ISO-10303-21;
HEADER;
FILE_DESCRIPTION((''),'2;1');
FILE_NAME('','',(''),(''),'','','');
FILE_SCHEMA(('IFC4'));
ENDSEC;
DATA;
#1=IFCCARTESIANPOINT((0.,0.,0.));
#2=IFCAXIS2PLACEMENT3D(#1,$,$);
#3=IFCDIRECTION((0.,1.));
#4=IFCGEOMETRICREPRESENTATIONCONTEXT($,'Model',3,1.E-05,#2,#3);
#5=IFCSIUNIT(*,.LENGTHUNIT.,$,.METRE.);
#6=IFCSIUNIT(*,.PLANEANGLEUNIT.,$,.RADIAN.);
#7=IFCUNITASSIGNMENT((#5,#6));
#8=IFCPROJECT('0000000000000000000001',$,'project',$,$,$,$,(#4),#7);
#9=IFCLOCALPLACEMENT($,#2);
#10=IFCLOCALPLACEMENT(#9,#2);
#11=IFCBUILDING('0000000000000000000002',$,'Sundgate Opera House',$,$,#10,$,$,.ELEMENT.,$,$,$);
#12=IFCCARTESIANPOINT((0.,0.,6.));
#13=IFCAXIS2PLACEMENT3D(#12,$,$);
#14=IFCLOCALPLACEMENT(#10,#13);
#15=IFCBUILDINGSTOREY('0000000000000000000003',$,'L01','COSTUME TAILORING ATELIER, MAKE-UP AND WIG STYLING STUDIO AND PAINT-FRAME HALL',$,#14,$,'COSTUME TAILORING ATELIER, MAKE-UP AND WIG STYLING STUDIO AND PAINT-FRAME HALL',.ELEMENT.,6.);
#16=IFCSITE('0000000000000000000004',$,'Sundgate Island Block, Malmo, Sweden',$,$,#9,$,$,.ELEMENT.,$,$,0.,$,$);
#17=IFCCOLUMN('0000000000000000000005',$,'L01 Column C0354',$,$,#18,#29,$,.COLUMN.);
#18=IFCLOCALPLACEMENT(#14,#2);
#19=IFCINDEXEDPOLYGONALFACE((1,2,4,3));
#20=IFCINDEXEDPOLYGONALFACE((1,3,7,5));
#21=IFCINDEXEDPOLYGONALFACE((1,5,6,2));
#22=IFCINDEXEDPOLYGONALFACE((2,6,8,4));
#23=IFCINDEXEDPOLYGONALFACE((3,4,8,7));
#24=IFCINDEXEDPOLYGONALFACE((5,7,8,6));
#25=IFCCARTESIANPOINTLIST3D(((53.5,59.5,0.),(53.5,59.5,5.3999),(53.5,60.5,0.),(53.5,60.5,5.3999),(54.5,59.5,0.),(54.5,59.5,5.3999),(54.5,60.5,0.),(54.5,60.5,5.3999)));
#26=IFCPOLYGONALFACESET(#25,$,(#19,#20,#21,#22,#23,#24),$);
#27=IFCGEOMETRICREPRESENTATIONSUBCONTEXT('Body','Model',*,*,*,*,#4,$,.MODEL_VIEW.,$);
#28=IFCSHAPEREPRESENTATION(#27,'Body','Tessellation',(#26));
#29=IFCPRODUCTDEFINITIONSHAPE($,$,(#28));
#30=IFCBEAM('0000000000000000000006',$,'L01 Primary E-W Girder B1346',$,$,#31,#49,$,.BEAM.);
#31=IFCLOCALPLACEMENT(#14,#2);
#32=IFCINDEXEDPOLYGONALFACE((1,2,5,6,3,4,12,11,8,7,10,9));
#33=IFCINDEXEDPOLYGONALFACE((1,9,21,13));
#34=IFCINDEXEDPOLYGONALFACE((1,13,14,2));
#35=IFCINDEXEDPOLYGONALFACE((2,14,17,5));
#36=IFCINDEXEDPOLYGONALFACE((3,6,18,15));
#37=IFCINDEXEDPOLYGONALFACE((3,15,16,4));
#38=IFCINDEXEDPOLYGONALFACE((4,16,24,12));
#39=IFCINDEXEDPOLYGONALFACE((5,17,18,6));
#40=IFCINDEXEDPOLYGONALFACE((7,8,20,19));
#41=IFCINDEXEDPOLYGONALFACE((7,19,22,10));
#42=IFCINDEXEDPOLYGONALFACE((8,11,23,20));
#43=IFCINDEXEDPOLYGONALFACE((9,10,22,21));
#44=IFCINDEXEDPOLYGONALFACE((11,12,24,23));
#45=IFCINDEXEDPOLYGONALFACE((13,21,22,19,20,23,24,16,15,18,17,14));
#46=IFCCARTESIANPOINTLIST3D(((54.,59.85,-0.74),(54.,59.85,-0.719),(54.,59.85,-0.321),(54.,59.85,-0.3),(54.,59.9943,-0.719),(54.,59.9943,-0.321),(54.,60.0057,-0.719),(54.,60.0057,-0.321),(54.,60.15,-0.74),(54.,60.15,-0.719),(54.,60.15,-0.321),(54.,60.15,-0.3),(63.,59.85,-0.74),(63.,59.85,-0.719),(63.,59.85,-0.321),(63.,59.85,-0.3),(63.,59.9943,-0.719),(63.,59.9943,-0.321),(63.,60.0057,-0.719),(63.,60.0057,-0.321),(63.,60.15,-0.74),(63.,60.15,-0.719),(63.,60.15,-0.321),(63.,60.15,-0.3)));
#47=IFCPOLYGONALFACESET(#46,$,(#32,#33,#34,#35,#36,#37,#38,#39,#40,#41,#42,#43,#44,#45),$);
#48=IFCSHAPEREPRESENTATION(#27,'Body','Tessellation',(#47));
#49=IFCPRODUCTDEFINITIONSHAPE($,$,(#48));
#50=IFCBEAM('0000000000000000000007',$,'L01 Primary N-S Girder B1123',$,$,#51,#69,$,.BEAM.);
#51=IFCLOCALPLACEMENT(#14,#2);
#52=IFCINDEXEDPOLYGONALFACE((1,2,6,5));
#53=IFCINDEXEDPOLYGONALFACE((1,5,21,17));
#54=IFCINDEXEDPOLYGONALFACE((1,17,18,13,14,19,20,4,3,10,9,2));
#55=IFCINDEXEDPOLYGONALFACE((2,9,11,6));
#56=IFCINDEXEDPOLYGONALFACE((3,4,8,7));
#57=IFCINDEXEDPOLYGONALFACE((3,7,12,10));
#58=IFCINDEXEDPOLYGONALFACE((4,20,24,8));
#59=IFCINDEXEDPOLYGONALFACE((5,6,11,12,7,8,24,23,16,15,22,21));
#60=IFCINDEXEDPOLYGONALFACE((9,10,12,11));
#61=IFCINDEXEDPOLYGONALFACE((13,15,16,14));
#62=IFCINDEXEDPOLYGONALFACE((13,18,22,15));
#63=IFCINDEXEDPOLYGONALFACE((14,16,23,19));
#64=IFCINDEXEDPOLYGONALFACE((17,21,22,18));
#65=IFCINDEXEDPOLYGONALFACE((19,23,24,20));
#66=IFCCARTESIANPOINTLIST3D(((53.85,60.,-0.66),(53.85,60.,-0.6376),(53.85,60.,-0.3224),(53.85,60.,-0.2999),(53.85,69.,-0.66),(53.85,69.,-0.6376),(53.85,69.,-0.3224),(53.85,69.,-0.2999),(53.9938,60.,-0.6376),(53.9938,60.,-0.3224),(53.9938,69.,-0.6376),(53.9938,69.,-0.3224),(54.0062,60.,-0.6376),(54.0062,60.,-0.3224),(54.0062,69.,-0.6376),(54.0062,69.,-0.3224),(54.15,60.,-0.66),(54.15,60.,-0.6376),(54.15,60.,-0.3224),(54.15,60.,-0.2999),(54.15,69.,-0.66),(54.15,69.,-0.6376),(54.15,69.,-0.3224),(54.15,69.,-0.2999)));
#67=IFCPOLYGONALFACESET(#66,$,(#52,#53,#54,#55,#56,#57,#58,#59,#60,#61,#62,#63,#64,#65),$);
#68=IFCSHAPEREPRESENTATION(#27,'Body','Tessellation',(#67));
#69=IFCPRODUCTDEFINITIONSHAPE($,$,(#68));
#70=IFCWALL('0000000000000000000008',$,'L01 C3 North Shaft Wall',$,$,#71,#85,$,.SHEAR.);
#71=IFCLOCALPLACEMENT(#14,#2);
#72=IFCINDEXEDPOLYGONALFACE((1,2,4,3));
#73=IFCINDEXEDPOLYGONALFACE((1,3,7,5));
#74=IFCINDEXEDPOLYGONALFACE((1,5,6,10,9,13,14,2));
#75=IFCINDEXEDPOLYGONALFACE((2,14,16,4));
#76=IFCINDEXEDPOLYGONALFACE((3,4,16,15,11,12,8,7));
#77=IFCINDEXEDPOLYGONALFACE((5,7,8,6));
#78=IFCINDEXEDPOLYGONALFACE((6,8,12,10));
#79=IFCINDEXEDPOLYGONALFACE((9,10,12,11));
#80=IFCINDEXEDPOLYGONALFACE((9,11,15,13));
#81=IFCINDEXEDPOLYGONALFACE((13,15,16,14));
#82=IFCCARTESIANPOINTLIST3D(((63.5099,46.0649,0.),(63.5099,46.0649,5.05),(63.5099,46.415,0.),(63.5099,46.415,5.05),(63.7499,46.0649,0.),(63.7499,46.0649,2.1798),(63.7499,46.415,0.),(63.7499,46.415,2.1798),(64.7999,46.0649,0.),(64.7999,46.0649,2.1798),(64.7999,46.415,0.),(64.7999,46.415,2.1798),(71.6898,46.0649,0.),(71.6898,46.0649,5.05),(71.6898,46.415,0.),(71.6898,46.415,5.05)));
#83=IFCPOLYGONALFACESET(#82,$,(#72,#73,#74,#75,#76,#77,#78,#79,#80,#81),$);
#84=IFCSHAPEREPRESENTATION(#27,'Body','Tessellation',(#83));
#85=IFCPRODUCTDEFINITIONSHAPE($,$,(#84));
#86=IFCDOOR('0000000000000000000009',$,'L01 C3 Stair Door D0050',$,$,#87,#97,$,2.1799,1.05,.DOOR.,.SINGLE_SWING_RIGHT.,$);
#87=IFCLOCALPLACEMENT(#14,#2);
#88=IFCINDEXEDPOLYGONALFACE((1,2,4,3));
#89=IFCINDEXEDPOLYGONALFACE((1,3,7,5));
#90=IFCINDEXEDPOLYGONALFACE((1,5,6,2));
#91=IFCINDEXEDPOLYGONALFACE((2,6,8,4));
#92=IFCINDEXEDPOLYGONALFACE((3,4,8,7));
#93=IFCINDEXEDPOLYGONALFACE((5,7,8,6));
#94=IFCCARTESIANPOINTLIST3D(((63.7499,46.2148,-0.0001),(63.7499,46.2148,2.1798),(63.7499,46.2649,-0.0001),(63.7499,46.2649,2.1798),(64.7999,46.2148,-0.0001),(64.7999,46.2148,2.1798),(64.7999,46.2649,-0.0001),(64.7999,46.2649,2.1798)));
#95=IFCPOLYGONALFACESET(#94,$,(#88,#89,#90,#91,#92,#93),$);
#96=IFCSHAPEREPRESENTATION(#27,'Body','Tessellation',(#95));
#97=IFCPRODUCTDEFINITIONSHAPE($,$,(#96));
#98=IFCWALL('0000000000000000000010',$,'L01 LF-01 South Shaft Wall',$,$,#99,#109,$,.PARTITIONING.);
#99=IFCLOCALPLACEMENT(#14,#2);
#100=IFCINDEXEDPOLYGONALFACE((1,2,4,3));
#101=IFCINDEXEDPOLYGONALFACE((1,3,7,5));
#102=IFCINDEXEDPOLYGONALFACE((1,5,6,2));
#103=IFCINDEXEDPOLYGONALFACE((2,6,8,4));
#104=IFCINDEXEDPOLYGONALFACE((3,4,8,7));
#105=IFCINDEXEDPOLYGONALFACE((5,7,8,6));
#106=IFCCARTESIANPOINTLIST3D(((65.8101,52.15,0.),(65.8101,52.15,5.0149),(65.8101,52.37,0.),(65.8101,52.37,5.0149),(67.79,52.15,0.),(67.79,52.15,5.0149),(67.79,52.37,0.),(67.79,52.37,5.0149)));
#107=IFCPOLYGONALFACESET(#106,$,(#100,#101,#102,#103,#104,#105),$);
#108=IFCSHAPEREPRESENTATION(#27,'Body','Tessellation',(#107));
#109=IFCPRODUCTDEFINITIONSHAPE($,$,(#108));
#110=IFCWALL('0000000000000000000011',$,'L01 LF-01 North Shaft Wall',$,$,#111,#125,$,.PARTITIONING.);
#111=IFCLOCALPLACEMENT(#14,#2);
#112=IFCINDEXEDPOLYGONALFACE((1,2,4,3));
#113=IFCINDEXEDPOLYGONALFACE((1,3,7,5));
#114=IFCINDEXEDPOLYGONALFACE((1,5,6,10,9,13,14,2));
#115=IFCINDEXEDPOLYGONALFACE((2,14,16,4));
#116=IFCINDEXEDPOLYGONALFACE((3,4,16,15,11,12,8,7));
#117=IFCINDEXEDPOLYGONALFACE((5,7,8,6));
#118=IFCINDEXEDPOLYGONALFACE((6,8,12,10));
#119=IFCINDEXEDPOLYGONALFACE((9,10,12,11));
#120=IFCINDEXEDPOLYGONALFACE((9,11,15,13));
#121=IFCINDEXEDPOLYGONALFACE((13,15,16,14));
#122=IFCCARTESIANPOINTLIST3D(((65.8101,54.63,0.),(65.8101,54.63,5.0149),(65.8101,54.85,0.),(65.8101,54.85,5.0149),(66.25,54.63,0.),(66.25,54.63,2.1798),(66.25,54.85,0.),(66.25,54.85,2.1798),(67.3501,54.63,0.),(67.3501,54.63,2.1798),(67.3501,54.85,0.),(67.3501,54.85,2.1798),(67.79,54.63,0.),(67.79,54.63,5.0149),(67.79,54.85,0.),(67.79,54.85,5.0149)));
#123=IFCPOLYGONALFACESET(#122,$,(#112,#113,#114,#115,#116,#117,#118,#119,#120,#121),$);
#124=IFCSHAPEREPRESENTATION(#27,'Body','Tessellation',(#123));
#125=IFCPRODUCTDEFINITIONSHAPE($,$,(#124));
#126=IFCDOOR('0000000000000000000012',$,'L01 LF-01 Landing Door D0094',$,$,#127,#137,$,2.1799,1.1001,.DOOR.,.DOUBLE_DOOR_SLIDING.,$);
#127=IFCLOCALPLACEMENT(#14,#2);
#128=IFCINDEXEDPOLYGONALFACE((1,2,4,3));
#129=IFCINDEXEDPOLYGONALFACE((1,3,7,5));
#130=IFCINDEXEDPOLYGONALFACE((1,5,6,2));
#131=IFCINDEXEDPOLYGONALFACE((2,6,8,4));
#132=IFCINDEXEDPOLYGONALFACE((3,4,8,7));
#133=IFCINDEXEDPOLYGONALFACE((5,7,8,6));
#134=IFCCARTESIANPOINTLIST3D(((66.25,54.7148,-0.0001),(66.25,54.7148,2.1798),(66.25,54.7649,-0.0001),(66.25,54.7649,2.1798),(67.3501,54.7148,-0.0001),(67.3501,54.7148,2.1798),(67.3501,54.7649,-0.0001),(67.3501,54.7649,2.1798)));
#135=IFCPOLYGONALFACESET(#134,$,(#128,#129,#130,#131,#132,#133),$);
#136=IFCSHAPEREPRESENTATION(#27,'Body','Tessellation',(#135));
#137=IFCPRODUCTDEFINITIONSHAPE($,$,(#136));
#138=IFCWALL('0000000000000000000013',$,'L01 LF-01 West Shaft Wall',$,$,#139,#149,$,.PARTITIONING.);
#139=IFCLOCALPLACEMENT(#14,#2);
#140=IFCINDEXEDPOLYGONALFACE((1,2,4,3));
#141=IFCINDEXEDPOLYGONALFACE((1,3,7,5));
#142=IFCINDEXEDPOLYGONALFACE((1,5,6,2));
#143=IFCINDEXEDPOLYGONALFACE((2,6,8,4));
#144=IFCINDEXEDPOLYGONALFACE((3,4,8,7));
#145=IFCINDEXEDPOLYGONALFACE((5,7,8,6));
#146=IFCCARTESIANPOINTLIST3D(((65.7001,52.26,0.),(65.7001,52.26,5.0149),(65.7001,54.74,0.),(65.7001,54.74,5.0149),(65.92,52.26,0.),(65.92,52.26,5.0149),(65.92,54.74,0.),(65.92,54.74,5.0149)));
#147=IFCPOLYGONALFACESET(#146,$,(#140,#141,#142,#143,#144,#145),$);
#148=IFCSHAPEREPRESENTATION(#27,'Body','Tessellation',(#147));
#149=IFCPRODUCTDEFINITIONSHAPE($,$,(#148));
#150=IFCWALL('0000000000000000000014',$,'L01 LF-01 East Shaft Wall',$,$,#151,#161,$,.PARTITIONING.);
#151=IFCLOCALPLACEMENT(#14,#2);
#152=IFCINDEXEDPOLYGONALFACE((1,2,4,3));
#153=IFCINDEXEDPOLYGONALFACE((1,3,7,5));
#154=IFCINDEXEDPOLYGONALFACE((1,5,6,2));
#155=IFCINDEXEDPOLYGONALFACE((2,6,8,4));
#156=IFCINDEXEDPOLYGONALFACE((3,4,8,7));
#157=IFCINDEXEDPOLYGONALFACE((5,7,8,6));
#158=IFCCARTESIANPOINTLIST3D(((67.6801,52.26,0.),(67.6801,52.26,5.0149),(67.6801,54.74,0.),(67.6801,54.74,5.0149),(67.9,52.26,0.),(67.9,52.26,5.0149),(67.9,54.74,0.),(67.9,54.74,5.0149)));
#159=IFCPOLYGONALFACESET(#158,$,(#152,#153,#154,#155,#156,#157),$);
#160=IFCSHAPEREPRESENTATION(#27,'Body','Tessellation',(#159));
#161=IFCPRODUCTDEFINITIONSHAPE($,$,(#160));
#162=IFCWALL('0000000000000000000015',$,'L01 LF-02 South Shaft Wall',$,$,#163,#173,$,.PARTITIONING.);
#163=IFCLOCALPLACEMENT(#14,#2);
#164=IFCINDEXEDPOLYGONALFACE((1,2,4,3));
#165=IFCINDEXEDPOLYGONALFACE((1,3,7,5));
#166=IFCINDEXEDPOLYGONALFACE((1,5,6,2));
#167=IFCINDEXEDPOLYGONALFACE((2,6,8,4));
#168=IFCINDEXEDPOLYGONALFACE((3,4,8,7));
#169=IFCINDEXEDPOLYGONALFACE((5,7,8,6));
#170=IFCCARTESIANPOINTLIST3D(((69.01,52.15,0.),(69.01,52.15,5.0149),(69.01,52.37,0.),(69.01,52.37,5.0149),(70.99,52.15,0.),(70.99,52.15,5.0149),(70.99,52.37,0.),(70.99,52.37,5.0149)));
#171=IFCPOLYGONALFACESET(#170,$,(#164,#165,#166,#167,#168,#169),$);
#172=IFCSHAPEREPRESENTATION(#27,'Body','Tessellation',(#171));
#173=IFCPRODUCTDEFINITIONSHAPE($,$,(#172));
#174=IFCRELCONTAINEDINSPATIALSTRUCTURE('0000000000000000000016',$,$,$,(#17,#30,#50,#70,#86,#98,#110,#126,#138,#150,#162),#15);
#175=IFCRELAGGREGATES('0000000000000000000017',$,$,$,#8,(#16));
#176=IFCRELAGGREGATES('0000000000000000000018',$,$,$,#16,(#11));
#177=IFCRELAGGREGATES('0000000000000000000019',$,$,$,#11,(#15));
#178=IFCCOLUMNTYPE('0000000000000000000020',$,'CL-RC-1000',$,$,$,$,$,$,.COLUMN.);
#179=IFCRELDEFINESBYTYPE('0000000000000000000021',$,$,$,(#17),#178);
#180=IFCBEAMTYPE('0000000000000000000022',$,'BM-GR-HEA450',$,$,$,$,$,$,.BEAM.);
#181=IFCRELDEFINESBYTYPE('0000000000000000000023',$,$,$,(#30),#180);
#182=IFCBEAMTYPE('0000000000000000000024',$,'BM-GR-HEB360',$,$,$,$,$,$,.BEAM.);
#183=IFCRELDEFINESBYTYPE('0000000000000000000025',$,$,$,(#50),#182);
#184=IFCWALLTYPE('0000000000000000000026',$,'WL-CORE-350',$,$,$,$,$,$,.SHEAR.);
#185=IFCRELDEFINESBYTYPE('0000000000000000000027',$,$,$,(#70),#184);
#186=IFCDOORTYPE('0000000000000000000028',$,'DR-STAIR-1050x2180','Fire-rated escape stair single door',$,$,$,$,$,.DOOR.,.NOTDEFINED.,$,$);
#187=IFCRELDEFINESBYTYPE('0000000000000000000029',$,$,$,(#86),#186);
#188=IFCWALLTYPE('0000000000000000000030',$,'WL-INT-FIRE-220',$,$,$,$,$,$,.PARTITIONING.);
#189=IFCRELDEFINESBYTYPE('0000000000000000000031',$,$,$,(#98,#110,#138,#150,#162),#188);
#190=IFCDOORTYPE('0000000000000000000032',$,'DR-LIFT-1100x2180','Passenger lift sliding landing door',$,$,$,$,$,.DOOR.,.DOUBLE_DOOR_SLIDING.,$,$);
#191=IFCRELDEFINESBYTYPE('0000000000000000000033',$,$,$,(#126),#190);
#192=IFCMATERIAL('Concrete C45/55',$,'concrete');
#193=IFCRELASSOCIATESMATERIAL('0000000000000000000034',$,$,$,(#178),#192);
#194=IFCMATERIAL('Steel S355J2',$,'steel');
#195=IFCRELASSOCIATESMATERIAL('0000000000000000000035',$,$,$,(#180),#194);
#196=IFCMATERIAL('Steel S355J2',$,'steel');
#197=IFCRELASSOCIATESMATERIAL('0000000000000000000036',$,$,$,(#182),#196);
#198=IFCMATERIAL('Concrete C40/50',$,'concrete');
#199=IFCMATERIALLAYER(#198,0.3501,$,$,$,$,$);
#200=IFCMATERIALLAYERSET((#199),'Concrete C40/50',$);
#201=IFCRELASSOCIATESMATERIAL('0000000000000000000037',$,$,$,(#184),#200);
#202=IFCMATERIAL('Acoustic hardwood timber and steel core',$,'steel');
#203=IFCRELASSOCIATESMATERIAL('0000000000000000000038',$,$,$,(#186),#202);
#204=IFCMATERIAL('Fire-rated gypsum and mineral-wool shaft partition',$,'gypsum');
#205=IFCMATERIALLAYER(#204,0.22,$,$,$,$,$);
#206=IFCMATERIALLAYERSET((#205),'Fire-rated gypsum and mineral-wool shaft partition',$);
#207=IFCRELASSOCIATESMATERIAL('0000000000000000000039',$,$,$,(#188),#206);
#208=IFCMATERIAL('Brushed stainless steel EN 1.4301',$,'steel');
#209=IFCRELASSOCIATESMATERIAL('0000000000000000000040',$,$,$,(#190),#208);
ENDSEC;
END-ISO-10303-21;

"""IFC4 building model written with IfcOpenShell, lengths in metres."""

from ifc_helpers import new_model, si_unit, direction, frame, frame_2d, origin, origin_2d, place, context, subcontext, project, spatial, rectangle, i_section, extrude, material, layer, layer_set, material_profile, profile_set, type_object, element, fill, save


model = new_model("IFC4")

# Units and contexts
model_context = context("Model", 3, precision=1e-05, world=origin(), true_north=direction((0.0, 1.0)))
body_context = subcontext(model_context, "Body", "Model", "MODEL_VIEW")
ifc_project = project(units=[si_unit("LENGTHUNIT", "METRE"), si_unit("PLANEANGLEUNIT", "RADIAN")], contexts=[model_context])

# Site, building, storey
site_placement = place(None, origin())
site = spatial("IfcSite", under=ifc_project, at=site_placement, Name="Sundgate Island Block, Malmo, Sweden", CompositionType="ELEMENT", RefElevation=0.0)
building_placement = place(site_placement, origin())
building = spatial("IfcBuilding", under=site, at=building_placement, Name="Sundgate Opera House", CompositionType="ELEMENT")
storey_placement = place(building_placement, frame((0.0, 0.0, 6.0)))
storey = spatial("IfcBuildingStorey", under=building, at=storey_placement, Name="L01", Description="COSTUME TAILORING ATELIER, MAKE-UP AND WIG STYLING STUDIO AND PAINT-FRAME HALL", LongName="COSTUME TAILORING ATELIER, MAKE-UP AND WIG STYLING STUDIO AND PAINT-FRAME HALL", CompositionType="ELEMENT", Elevation=6.0)

# Column
ifc_material_1 = material(Name="Concrete C45/55", Category="concrete")
ifc_material_profile_1 = material_profile(ifc_material_1, rectangle(XDim=1.0, YDim=1.0, at=origin_2d()), Name="RC 1000x1000")
ifc_profile_set_1 = profile_set([ifc_material_profile_1], Name="Concrete C45/55")
column_type = type_object("IfcColumnType", Name="CL-RC-1000", PredefinedType="COLUMN", material=ifc_profile_set_1)
column_placement = place(storey_placement, frame((54.0, 60.0, 0.0), z_axis=(0.0, 0.0, 1.0), x_axis=(1.0, 0.0, 0.0)))
element("IfcColumn", 1, at=column_placement, inside=storey, type_object=column_type, Name="L01 Column C0354", PredefinedType="COLUMN", context=body_context, shape_type="SweptSolid", body=[
    extrude(rectangle(XDim=1.0, YDim=1.0, at=origin_2d()), origin(), (0.0, 0.0, 1.0), 5.3999),
])

# Beams
ifc_material_2 = material(Name="Steel S355J2", Category="steel")
ifc_material_profile_2 = material_profile(ifc_material_2, i_section(OverallWidth=0.3, OverallDepth=0.4399, WebThickness=0.0115, FlangeThickness=0.021, at=origin_2d()), Name="HEA 450")
ifc_profile_set_2 = profile_set([ifc_material_profile_2], Name="Steel S355J2")
beam_type_1 = type_object("IfcBeamType", Name="BM-GR-HEA450", PredefinedType="BEAM", material=ifc_profile_set_2)
beam_1_placement = place(storey_placement, frame((54.0, 60.0, -0.52), z_axis=(1.0, 0.0, 0.0), x_axis=(0.0, 1.0, 0.0)))
element("IfcBeam", 2, at=beam_1_placement, inside=storey, type_object=beam_type_1, Name="L01 Primary E-W Girder B1346", PredefinedType="BEAM", context=body_context, shape_type="SweptSolid", body=[
    extrude(i_section(OverallWidth=0.3, OverallDepth=0.4399, WebThickness=0.0115, FlangeThickness=0.021, at=origin_2d()), origin(), (0.0, 0.0, 1.0), 9.0),
])
ifc_material_3 = material(Name="Steel S355J2", Category="steel")
ifc_material_profile_3 = material_profile(ifc_material_3, i_section(OverallWidth=0.3, OverallDepth=0.3601, WebThickness=0.0125, FlangeThickness=0.0225, at=origin_2d()), Name="HEB 360")
ifc_profile_set_3 = profile_set([ifc_material_profile_3], Name="Steel S355J2")
beam_type_2 = type_object("IfcBeamType", Name="BM-GR-HEB360", PredefinedType="BEAM", material=ifc_profile_set_3)
beam_2_placement = place(storey_placement, frame((54.0, 60.0, -0.48), z_axis=(0.0, 1.0, 0.0), x_axis=(-1.0, 0.0, 0.0)))
element("IfcBeam", 3, at=beam_2_placement, inside=storey, type_object=beam_type_2, Name="L01 Primary N-S Girder B1123", PredefinedType="BEAM", context=body_context, shape_type="SweptSolid", body=[
    extrude(i_section(OverallWidth=0.3, OverallDepth=0.3601, WebThickness=0.0125, FlangeThickness=0.0225, at=origin_2d()), origin(), (0.0, 0.0, 1.0), 9.0),
])

# Wall, opening, door
ifc_material_4 = material(Name="Concrete C40/50", Category="concrete")
ifc_layer_1 = layer(ifc_material_4, 0.3501)
ifc_layer_set_1 = layer_set([ifc_layer_1], Name="Concrete C40/50")
wall_type_1 = type_object("IfcWallType", Name="WL-CORE-350", PredefinedType="SHEAR", material=ifc_layer_set_1)
wall_1_placement = place(storey_placement, frame((63.51, 46.24, 0.0), z_axis=(0.0, 0.0, 1.0), x_axis=(1.0, 0.0, 0.0)))
wall_1 = element("IfcWall", 4, at=wall_1_placement, inside=storey, type_object=wall_type_1, Name="L01 C3 North Shaft Wall", PredefinedType="SHEAR", context=body_context, shape_type="SweptSolid", body=[
    extrude(rectangle(XDim=8.1799, YDim=0.3501, at=frame_2d((4.0898, 0.0))), origin(), (0.0, 0.0, 1.0), 5.05),
])
opening_1_placement = place(wall_1_placement, frame((0.24, 0.0, 0.0)))
opening_1 = element("IfcOpeningElement", 5, at=opening_1_placement, cuts=wall_1, PredefinedType="OPENING", context=body_context, shape_type="SweptSolid", body=[
    extrude(rectangle(XDim=1.05, YDim=2.1799, at=frame_2d((0.5249, 1.0898))), frame((0.0, 0.1851, 0.0), z_axis=(0.0, -1.0, 0.0), x_axis=(1.0, 0.0, 0.0)), (0.0, 0.0, 1.0), 0.3701),
])
ifc_material_5 = material(Name="Acoustic hardwood timber and steel core", Category="steel")
door_type_1 = type_object("IfcDoorType", Name="DR-STAIR-1050x2180", Description="Fire-rated escape stair single door", OperationType="NOTDEFINED", PredefinedType="DOOR", material=ifc_material_5)
door_1_placement = place(opening_1_placement, origin())
door_1 = element("IfcDoor", 6, at=door_1_placement, inside=storey, type_object=door_type_1, Name="L01 C3 Stair Door D0050", OperationType="SINGLE_SWING_RIGHT", OverallHeight=2.1799, OverallWidth=1.05, PredefinedType="DOOR", context=body_context, shape_type="SweptSolid", body=[
    extrude(rectangle(XDim=1.05, YDim=2.1799, at=frame_2d((0.5249, 1.0898))), frame((0.0, 0.0249, 0.0), z_axis=(0.0, -1.0, 0.0), x_axis=(1.0, 0.0, 0.0)), (0.0, 0.0, 1.0), 0.05),
])
fill(opening_1, door_1)

# Wall
ifc_material_6 = material(Name="Fire-rated gypsum and mineral-wool shaft partition", Category="gypsum")
ifc_layer_2 = layer(ifc_material_6, 0.22)
ifc_layer_set_2 = layer_set([ifc_layer_2], Name="Fire-rated gypsum and mineral-wool shaft partition")
wall_type_2 = type_object("IfcWallType", Name="WL-INT-FIRE-220", PredefinedType="PARTITIONING", material=ifc_layer_set_2)
wall_2_placement = place(storey_placement, frame((65.8101, 52.26, 0.0), z_axis=(0.0, 0.0, 1.0), x_axis=(1.0, 0.0, 0.0)))
element("IfcWall", 7, at=wall_2_placement, inside=storey, type_object=wall_type_2, Name="L01 LF-01 South Shaft Wall", PredefinedType="PARTITIONING", context=body_context, shape_type="SweptSolid", body=[
    extrude(rectangle(XDim=1.98, YDim=0.22, at=frame_2d((0.99, 0.0))), origin(), (0.0, 0.0, 1.0), 5.0149),
])

# Wall, opening, door
wall_3_placement = place(storey_placement, frame((65.8101, 54.74, 0.0), z_axis=(0.0, 0.0, 1.0), x_axis=(1.0, 0.0, 0.0)))
wall_3 = element("IfcWall", 8, at=wall_3_placement, inside=storey, type_object=wall_type_2, Name="L01 LF-01 North Shaft Wall", PredefinedType="PARTITIONING", context=body_context, shape_type="SweptSolid", body=[
    extrude(rectangle(XDim=1.98, YDim=0.22, at=frame_2d((0.99, 0.0))), origin(), (0.0, 0.0, 1.0), 5.0149),
])
opening_2_placement = place(wall_3_placement, frame((0.4399, 0.0, 0.0)))
opening_2 = element("IfcOpeningElement", 9, at=opening_2_placement, cuts=wall_3, PredefinedType="OPENING", context=body_context, shape_type="SweptSolid", body=[
    extrude(rectangle(XDim=1.1001, YDim=2.1799, at=frame_2d((0.55, 1.0898))), frame((0.0, 0.1199, 0.0), z_axis=(0.0, -1.0, 0.0), x_axis=(1.0, 0.0, 0.0)), (0.0, 0.0, 1.0), 0.24),
])
ifc_material_7 = material(Name="Brushed stainless steel EN 1.4301", Category="steel")
door_type_2 = type_object("IfcDoorType", Name="DR-LIFT-1100x2180", Description="Passenger lift sliding landing door", OperationType="DOUBLE_DOOR_SLIDING", PredefinedType="DOOR", material=ifc_material_7)
door_2_placement = place(opening_2_placement, origin())
door_2 = element("IfcDoor", 10, at=door_2_placement, inside=storey, type_object=door_type_2, Name="L01 LF-01 Landing Door D0094", OperationType="DOUBLE_DOOR_SLIDING", OverallHeight=2.1799, OverallWidth=1.1001, PredefinedType="DOOR", context=body_context, shape_type="SweptSolid", body=[
    extrude(rectangle(XDim=1.1001, YDim=2.1799, at=frame_2d((0.55, 1.0898))), frame((0.0, 0.0249, 0.0), z_axis=(0.0, -1.0, 0.0), x_axis=(1.0, 0.0, 0.0)), (0.0, 0.0, 1.0), 0.05),
])
fill(opening_2, door_2)

# Walls
for number, where, z_axis, x_axis, name in (
    (11, (65.8101, 52.26, 0.0), (0.0, 0.0, 1.0), (0.0, 1.0, 0.0), "L01 LF-01 West Shaft Wall"),
    (12, (67.79, 52.26, 0.0), (0.0, 0.0, 1.0), (0.0, 1.0, 0.0), "L01 LF-01 East Shaft Wall"),
):
    element("IfcWall", number, at=place(storey_placement, frame(where, z_axis=z_axis, x_axis=x_axis)), inside=storey, type_object=wall_type_2, Name=name, PredefinedType="PARTITIONING", context=body_context, shape_type="SweptSolid", body=[
        extrude(rectangle(XDim=2.48, YDim=0.22, at=frame_2d((1.24, 0.0))), origin(), (0.0, 0.0, 1.0), 5.0149),
    ])
wall_4_placement = place(storey_placement, frame((69.01, 52.26, 0.0), z_axis=(0.0, 0.0, 1.0), x_axis=(1.0, 0.0, 0.0)))
element("IfcWall", 13, at=wall_4_placement, inside=storey, type_object=wall_type_2, Name="L01 LF-02 South Shaft Wall", PredefinedType="PARTITIONING", context=body_context, shape_type="SweptSolid", body=[
    extrude(rectangle(XDim=1.98, YDim=0.22, at=frame_2d((0.99, 0.0))), origin(), (0.0, 0.0, 1.0), 5.0149),
])

save(model, "model.ifc")
